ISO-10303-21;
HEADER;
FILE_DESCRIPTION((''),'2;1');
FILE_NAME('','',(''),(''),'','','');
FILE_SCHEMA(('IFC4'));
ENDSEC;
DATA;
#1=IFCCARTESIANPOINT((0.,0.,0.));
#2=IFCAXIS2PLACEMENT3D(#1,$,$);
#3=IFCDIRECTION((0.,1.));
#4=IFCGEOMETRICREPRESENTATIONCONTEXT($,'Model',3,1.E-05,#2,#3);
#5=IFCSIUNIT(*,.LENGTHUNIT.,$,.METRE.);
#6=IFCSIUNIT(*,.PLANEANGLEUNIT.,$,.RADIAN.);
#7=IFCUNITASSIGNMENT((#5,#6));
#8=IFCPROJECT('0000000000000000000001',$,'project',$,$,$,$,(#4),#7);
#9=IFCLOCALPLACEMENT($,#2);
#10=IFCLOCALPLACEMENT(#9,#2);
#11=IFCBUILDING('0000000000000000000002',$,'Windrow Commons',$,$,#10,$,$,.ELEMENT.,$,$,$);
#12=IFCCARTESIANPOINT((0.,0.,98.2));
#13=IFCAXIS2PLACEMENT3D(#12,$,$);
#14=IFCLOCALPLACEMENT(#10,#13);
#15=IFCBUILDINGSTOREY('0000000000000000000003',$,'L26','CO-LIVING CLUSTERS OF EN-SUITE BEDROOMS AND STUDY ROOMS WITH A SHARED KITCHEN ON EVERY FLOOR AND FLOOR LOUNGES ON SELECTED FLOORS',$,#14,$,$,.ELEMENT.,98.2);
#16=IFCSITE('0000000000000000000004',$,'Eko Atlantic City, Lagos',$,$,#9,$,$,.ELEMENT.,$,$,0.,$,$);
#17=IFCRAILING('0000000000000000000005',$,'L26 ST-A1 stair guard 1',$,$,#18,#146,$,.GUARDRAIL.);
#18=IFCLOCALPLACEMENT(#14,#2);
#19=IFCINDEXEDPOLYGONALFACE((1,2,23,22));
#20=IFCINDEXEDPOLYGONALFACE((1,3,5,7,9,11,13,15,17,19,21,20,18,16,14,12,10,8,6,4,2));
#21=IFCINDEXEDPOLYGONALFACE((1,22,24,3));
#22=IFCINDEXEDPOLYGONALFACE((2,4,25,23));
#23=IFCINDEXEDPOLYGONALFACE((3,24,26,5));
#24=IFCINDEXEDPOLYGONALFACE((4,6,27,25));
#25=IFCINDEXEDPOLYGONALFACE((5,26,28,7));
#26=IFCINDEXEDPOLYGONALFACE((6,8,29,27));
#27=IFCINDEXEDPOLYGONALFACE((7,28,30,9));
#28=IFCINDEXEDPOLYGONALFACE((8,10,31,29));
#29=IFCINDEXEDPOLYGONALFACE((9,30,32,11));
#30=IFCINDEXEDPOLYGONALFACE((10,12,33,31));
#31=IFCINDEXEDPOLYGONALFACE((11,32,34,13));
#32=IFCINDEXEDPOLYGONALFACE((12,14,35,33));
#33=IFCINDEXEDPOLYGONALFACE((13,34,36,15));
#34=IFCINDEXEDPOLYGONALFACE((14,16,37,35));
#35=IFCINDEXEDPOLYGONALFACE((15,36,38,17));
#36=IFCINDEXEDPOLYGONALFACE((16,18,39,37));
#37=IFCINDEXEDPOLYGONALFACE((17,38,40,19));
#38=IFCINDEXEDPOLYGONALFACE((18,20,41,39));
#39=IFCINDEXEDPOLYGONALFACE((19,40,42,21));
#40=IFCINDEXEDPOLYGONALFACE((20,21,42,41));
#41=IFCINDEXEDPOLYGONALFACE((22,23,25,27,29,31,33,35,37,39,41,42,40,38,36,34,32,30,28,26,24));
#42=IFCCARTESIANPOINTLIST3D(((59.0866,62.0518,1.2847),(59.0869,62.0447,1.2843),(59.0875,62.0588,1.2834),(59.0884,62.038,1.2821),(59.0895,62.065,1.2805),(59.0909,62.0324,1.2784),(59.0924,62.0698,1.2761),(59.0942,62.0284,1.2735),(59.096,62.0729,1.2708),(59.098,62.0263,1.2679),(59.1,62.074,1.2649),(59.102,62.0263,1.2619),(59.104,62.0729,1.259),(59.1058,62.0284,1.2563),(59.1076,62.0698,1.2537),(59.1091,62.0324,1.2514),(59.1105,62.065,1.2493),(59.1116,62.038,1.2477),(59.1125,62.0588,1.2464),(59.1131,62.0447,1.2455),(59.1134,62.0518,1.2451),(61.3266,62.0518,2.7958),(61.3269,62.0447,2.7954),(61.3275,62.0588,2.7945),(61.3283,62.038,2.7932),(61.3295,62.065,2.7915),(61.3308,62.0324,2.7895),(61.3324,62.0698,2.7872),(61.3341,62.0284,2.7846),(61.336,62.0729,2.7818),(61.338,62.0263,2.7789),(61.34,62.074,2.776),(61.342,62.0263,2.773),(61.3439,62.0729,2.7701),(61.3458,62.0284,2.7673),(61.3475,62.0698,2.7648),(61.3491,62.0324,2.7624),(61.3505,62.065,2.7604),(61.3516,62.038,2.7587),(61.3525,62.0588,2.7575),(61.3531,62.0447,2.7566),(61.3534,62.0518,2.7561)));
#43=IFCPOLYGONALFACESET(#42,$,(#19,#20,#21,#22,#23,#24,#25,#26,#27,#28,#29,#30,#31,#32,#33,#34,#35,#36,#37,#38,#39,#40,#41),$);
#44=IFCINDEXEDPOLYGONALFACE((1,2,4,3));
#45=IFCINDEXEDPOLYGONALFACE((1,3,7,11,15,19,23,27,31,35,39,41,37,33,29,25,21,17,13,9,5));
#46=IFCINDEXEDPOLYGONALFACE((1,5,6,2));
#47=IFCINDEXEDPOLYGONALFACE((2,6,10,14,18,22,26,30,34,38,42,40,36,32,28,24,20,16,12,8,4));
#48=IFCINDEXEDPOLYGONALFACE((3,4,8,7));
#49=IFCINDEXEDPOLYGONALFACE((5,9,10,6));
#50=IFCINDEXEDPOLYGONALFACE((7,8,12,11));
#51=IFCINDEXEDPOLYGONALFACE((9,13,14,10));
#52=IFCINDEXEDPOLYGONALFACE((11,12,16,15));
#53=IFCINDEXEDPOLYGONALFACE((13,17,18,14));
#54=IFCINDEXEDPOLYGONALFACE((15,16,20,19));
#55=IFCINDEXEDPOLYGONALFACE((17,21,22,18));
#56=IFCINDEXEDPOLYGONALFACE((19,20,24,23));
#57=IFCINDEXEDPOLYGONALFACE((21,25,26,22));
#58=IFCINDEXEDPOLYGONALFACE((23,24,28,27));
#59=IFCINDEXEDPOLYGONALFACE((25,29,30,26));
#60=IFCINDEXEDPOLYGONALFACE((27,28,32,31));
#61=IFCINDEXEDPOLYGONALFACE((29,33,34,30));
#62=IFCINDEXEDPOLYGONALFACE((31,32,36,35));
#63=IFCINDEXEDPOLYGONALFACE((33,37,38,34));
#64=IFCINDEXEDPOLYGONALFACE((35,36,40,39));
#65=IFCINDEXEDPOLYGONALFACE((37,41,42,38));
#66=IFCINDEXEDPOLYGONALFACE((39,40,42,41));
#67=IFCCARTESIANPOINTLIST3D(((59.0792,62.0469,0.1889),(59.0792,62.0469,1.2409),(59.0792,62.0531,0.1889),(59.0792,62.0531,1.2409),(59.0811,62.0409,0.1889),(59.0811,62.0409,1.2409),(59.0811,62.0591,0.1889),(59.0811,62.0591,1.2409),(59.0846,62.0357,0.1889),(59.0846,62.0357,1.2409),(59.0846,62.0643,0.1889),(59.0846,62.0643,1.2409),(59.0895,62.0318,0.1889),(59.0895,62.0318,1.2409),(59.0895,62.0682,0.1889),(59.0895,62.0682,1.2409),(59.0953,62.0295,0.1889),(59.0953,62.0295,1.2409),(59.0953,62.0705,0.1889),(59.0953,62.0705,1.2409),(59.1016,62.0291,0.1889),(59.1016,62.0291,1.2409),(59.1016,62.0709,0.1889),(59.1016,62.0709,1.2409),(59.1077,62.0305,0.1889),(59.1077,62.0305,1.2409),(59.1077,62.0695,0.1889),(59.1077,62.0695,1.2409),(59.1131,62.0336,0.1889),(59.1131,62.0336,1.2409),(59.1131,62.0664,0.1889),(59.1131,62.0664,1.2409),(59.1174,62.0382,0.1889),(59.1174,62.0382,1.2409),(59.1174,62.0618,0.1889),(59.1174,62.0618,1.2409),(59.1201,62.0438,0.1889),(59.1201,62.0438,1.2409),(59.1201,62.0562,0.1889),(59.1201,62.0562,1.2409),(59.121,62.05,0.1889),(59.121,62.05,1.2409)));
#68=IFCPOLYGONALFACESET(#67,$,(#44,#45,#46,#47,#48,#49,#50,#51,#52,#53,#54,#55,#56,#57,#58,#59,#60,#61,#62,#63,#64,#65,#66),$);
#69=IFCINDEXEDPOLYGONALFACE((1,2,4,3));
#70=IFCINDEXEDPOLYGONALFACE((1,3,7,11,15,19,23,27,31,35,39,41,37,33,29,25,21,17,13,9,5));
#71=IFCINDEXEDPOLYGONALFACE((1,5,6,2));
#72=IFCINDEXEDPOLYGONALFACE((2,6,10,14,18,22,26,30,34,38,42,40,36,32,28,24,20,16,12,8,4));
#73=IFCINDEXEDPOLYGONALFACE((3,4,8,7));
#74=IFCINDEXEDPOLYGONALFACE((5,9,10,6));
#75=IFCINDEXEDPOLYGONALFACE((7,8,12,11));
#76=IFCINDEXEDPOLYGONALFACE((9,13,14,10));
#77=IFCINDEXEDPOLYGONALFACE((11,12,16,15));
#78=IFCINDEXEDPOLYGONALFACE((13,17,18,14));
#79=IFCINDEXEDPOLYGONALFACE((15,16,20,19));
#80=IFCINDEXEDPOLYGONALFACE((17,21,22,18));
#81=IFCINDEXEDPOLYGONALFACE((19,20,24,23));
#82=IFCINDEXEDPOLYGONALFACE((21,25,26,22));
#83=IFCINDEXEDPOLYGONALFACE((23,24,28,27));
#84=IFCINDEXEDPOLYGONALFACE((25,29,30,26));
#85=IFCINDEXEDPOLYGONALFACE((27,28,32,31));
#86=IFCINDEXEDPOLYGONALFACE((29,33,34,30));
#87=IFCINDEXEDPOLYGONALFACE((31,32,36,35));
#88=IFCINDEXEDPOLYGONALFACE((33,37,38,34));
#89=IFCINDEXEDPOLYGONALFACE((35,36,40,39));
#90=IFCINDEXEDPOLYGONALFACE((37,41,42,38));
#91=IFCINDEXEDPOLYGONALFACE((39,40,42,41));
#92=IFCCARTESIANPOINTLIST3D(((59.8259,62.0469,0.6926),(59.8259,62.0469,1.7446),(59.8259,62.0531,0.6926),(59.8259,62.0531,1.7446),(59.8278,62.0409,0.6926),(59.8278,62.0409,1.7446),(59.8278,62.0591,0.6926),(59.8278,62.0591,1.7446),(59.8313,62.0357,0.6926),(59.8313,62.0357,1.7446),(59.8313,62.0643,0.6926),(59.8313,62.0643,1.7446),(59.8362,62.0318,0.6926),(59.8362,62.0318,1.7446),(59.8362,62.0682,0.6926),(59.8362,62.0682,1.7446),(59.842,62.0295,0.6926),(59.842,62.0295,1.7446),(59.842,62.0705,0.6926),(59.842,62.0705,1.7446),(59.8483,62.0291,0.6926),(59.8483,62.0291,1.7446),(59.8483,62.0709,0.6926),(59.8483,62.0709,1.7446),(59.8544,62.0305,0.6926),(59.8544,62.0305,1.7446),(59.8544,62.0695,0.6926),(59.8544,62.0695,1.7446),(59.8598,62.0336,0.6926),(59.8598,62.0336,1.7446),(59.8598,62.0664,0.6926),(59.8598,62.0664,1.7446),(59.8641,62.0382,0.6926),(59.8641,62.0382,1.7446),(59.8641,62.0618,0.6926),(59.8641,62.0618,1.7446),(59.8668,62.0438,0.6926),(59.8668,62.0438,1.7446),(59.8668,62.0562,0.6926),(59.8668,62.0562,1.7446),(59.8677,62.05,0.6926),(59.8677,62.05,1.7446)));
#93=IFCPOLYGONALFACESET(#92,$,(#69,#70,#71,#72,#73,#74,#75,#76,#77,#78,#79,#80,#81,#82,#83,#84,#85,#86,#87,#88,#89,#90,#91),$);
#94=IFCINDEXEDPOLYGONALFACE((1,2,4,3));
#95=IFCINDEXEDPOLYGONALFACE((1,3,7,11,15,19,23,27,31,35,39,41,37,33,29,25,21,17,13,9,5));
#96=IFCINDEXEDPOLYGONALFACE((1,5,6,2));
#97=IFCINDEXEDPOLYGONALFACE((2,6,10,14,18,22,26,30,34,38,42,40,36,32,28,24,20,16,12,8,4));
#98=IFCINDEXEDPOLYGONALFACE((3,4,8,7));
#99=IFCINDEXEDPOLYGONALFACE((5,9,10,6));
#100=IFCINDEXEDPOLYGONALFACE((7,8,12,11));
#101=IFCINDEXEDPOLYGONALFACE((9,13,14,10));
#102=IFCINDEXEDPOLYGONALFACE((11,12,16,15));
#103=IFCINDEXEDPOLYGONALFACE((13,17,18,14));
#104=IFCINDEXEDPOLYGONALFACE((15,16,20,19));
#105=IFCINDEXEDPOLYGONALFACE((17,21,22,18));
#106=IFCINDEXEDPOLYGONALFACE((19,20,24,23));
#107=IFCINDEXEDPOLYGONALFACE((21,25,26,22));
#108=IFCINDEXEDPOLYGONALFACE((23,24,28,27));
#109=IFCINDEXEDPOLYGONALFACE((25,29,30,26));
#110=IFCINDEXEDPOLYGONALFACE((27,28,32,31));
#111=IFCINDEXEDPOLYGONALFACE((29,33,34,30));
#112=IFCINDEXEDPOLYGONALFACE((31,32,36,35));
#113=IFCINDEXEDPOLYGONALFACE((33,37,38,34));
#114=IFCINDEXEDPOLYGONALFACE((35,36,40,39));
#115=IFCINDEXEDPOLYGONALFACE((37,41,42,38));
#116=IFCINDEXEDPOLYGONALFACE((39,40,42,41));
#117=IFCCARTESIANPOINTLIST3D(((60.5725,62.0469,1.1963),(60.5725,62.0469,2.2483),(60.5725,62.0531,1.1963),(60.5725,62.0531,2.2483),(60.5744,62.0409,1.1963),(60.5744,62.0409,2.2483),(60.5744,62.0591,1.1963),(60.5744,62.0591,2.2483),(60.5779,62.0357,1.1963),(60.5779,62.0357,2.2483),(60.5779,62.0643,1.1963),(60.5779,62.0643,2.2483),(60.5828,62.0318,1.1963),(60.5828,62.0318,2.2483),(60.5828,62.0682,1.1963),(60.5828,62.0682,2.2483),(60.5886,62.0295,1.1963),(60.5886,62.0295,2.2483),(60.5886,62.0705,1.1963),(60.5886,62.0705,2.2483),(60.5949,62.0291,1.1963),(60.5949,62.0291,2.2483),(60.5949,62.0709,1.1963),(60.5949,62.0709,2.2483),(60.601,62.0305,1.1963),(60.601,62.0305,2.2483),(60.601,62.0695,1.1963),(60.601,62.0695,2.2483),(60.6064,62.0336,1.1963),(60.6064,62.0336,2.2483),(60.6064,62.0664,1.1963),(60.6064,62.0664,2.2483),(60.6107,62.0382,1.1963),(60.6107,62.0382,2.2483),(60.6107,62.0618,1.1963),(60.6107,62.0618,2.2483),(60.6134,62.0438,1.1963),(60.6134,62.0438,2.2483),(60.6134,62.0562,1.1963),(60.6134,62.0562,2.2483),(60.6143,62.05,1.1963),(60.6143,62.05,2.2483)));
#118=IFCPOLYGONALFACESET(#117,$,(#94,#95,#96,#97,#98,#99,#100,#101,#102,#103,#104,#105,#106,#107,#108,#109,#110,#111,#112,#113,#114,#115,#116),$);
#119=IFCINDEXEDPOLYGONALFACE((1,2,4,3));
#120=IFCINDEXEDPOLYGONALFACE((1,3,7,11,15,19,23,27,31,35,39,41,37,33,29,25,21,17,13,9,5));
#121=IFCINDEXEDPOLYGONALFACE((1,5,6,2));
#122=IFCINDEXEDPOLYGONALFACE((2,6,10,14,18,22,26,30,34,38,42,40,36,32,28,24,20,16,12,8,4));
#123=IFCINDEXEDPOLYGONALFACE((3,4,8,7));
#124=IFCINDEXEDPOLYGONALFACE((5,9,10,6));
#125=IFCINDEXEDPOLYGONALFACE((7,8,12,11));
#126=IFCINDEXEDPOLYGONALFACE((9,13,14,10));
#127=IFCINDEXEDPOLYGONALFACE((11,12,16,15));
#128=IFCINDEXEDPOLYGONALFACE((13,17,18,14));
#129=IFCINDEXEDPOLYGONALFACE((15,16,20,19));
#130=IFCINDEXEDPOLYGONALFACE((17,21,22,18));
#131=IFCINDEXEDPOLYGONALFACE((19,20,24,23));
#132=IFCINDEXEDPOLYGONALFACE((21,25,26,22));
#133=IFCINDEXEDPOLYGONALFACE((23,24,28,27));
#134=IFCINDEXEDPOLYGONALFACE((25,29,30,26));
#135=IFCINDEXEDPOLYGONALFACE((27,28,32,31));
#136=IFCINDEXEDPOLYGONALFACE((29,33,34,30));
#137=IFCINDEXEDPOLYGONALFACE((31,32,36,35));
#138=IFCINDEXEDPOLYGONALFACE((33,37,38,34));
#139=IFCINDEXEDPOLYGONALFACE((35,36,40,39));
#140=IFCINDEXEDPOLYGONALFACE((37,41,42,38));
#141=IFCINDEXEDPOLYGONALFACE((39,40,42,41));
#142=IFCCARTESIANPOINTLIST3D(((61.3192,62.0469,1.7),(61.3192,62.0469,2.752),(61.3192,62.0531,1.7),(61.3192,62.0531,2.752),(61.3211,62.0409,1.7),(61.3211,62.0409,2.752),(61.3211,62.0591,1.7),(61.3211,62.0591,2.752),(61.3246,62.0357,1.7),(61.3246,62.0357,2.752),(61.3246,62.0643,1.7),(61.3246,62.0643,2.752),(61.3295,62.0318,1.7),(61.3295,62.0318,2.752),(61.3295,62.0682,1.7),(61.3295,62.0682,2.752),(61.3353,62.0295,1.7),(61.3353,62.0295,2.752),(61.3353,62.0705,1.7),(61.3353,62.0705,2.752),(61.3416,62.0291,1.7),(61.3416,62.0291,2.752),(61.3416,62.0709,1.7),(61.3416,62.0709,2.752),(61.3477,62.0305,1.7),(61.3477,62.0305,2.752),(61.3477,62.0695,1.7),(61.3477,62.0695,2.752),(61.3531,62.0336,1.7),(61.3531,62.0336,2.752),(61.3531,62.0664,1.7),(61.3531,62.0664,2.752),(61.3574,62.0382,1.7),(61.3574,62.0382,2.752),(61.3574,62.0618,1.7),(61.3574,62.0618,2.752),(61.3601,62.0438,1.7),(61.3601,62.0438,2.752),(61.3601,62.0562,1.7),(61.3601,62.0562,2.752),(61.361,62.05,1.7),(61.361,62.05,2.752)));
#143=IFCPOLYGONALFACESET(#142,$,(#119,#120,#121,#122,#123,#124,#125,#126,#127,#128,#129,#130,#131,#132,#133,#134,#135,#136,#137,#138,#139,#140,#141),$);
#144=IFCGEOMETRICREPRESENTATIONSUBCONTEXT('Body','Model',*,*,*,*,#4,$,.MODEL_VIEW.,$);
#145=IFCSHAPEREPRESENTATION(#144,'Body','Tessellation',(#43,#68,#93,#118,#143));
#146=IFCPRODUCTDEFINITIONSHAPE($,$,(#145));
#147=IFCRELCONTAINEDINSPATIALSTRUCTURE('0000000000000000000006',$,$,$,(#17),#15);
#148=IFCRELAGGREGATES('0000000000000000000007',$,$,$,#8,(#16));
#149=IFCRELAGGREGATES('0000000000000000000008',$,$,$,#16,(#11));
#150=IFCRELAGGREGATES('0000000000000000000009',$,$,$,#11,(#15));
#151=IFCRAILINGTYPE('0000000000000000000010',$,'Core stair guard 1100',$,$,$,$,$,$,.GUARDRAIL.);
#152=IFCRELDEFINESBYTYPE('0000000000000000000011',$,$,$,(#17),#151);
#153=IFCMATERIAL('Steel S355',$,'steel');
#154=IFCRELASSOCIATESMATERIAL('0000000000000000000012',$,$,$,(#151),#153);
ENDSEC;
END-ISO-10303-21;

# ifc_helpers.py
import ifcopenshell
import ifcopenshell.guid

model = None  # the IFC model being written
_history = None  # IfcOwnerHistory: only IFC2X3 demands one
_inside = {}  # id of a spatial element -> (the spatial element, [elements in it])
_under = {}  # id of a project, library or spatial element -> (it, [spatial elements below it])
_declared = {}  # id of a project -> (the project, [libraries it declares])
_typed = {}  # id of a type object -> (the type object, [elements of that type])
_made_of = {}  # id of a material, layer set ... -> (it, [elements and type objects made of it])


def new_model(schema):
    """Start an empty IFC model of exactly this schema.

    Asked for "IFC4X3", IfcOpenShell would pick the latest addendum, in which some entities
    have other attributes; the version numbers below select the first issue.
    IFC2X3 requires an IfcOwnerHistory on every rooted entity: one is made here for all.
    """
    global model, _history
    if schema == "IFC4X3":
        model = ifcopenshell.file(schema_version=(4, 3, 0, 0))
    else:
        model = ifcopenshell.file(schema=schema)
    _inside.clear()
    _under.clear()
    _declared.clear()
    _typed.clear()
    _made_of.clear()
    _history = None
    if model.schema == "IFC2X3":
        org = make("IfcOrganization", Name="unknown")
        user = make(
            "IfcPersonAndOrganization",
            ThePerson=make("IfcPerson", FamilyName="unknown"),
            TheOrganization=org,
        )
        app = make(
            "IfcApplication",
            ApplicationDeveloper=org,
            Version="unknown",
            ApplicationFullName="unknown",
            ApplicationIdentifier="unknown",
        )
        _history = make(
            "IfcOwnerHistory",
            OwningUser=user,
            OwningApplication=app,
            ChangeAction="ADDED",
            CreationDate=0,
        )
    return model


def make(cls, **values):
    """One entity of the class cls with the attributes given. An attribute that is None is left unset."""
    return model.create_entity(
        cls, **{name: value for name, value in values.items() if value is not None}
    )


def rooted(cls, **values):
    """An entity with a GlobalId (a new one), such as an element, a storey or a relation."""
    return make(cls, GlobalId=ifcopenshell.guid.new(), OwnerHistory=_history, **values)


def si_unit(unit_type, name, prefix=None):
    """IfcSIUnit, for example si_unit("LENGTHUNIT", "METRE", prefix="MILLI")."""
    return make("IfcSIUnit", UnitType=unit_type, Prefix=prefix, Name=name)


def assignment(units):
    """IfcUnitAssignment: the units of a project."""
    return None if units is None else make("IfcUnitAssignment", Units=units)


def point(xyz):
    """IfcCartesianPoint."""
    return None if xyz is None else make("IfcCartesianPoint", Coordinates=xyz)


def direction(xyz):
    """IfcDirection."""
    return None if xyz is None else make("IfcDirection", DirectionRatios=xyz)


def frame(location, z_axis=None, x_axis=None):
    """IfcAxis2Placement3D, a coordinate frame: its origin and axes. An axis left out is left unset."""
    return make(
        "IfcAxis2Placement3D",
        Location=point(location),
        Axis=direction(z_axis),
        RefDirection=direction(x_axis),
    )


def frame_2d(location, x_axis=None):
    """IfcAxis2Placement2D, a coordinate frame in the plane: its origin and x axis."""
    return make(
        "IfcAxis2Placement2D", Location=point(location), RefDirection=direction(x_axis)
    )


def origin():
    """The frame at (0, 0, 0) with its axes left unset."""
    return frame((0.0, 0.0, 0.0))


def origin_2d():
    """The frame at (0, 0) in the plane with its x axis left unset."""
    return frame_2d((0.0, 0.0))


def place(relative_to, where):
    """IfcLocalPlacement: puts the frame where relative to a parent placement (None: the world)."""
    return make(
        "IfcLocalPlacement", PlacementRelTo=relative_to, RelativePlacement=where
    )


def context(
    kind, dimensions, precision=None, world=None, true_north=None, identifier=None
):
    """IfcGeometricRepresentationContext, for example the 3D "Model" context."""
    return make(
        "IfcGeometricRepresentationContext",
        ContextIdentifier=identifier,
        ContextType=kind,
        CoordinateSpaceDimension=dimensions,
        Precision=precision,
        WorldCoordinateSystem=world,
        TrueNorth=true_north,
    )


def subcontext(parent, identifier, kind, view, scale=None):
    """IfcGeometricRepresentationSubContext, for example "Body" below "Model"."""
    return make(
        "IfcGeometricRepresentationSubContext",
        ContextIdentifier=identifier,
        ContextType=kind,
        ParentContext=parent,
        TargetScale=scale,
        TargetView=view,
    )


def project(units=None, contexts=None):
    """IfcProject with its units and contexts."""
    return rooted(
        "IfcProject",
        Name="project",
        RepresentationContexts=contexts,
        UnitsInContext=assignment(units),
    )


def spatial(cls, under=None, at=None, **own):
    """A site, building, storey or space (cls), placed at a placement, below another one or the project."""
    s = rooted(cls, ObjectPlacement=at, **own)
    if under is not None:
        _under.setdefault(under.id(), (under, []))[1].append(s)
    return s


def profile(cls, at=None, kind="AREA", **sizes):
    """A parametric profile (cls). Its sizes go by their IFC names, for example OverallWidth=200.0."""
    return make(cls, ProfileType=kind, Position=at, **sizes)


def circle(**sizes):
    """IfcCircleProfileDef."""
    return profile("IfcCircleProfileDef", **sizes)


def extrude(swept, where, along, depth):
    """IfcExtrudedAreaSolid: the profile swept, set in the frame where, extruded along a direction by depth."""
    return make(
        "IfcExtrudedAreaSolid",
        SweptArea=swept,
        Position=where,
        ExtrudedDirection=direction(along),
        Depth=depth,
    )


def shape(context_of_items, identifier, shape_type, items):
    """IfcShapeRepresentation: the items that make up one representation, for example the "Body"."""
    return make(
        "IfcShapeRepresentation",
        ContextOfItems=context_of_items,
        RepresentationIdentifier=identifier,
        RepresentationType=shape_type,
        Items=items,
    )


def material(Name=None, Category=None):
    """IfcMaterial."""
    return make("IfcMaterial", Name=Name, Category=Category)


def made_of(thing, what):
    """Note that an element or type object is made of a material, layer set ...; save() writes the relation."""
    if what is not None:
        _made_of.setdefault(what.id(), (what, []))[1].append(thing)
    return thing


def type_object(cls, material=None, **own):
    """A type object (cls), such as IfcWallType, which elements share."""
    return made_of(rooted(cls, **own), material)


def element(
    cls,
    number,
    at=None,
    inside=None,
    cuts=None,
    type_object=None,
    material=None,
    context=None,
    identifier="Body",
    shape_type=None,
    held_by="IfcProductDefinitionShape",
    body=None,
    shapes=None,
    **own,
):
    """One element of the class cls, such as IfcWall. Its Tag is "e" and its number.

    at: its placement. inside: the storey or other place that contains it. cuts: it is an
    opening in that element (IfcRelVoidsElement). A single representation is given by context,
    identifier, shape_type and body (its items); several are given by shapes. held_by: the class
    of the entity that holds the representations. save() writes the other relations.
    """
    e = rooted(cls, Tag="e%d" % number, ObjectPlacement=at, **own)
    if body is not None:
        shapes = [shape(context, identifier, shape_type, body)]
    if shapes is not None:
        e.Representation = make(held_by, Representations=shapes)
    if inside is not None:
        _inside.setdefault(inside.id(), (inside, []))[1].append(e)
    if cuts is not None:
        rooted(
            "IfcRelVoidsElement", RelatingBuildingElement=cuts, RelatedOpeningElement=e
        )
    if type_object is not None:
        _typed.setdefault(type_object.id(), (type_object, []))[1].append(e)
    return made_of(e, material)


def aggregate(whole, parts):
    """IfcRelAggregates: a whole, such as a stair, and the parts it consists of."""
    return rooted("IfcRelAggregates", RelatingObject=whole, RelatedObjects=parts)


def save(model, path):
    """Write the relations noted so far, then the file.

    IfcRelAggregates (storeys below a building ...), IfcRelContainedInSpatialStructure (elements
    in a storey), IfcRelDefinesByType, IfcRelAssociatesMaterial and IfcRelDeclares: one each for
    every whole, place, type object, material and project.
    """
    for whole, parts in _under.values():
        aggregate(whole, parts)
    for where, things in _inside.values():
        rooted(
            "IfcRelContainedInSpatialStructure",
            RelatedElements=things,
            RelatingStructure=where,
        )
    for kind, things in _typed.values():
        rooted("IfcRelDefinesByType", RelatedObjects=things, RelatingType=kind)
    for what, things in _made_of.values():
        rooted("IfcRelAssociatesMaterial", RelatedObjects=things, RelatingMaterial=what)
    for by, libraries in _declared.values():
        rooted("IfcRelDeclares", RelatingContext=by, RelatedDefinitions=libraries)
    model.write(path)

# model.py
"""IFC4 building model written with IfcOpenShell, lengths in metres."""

from ifc_helpers import new_model, si_unit, direction, frame, origin, origin_2d, place, context, subcontext, project, spatial, circle, extrude, material, type_object, element, save


model = new_model("IFC4")

# Units and contexts
model_context = context("Model", 3, precision=1e-05, world=origin(), true_north=direction((0.0, 1.0)))
body_context = subcontext(model_context, "Body", "Model", "MODEL_VIEW")
ifc_project = project(units=[si_unit("LENGTHUNIT", "METRE"), si_unit("PLANEANGLEUNIT", "RADIAN")], contexts=[model_context])

# Site, building, storey
site_placement = place(None, origin())
site = spatial("IfcSite", under=ifc_project, at=site_placement, Name="Eko Atlantic City, Lagos", CompositionType="ELEMENT", RefElevation=0.0)
building_placement = place(site_placement, origin())
building = spatial("IfcBuilding", under=site, at=building_placement, Name="Windrow Commons", CompositionType="ELEMENT")
storey_placement = place(building_placement, frame((0.0, 0.0, 98.2)))
storey = spatial("IfcBuildingStorey", under=building, at=storey_placement, Name="L26", Description="CO-LIVING CLUSTERS OF EN-SUITE BEDROOMS AND STUDY ROOMS WITH A SHARED KITCHEN ON EVERY FLOOR AND FLOOR LOUNGES ON SELECTED FLOORS", CompositionType="ELEMENT", Elevation=98.2)

# Railing
ifc_material_1 = material(Name="Steel S355", Category="steel")
railing_type_1 = type_object("IfcRailingType", Name="Core stair guard 1100", PredefinedType="GUARDRAIL", material=ifc_material_1)
railing_1_placement = place(storey_placement, frame((59.1, 62.05, 0.1889)))
element("IfcRailing", 1, at=railing_1_placement, inside=storey, type_object=railing_type_1, Name="L26 ST-A1 stair guard 1", PredefinedType="GUARDRAIL", context=body_context, shape_type="SweptSolid", body=[
    extrude(circle(Radius=0.024, at=origin_2d()), frame((0.0, 0.0, 1.076), z_axis=(0.829003, 0.0, 0.559244), x_axis=(0.0, 1.0, 0.0)), (0.0, 0.0, 1.0), 2.702),
    extrude(circle(Radius=0.021, at=origin_2d()), origin(), (0.0, 0.0, 1.0), 1.052),
    extrude(circle(Radius=0.021, at=origin_2d()), frame((0.7467, 0.0, 0.5037)), (0.0, 0.0, 1.0), 1.052),
    extrude(circle(Radius=0.021, at=origin_2d()), frame((1.4933, 0.0, 1.0074)), (0.0, 0.0, 1.0), 1.052),
    extrude(circle(Radius=0.021, at=origin_2d()), frame((2.24, 0.0, 1.5111)), (0.0, 0.0, 1.0), 1.052),
])

save(model, "model.ifc")
